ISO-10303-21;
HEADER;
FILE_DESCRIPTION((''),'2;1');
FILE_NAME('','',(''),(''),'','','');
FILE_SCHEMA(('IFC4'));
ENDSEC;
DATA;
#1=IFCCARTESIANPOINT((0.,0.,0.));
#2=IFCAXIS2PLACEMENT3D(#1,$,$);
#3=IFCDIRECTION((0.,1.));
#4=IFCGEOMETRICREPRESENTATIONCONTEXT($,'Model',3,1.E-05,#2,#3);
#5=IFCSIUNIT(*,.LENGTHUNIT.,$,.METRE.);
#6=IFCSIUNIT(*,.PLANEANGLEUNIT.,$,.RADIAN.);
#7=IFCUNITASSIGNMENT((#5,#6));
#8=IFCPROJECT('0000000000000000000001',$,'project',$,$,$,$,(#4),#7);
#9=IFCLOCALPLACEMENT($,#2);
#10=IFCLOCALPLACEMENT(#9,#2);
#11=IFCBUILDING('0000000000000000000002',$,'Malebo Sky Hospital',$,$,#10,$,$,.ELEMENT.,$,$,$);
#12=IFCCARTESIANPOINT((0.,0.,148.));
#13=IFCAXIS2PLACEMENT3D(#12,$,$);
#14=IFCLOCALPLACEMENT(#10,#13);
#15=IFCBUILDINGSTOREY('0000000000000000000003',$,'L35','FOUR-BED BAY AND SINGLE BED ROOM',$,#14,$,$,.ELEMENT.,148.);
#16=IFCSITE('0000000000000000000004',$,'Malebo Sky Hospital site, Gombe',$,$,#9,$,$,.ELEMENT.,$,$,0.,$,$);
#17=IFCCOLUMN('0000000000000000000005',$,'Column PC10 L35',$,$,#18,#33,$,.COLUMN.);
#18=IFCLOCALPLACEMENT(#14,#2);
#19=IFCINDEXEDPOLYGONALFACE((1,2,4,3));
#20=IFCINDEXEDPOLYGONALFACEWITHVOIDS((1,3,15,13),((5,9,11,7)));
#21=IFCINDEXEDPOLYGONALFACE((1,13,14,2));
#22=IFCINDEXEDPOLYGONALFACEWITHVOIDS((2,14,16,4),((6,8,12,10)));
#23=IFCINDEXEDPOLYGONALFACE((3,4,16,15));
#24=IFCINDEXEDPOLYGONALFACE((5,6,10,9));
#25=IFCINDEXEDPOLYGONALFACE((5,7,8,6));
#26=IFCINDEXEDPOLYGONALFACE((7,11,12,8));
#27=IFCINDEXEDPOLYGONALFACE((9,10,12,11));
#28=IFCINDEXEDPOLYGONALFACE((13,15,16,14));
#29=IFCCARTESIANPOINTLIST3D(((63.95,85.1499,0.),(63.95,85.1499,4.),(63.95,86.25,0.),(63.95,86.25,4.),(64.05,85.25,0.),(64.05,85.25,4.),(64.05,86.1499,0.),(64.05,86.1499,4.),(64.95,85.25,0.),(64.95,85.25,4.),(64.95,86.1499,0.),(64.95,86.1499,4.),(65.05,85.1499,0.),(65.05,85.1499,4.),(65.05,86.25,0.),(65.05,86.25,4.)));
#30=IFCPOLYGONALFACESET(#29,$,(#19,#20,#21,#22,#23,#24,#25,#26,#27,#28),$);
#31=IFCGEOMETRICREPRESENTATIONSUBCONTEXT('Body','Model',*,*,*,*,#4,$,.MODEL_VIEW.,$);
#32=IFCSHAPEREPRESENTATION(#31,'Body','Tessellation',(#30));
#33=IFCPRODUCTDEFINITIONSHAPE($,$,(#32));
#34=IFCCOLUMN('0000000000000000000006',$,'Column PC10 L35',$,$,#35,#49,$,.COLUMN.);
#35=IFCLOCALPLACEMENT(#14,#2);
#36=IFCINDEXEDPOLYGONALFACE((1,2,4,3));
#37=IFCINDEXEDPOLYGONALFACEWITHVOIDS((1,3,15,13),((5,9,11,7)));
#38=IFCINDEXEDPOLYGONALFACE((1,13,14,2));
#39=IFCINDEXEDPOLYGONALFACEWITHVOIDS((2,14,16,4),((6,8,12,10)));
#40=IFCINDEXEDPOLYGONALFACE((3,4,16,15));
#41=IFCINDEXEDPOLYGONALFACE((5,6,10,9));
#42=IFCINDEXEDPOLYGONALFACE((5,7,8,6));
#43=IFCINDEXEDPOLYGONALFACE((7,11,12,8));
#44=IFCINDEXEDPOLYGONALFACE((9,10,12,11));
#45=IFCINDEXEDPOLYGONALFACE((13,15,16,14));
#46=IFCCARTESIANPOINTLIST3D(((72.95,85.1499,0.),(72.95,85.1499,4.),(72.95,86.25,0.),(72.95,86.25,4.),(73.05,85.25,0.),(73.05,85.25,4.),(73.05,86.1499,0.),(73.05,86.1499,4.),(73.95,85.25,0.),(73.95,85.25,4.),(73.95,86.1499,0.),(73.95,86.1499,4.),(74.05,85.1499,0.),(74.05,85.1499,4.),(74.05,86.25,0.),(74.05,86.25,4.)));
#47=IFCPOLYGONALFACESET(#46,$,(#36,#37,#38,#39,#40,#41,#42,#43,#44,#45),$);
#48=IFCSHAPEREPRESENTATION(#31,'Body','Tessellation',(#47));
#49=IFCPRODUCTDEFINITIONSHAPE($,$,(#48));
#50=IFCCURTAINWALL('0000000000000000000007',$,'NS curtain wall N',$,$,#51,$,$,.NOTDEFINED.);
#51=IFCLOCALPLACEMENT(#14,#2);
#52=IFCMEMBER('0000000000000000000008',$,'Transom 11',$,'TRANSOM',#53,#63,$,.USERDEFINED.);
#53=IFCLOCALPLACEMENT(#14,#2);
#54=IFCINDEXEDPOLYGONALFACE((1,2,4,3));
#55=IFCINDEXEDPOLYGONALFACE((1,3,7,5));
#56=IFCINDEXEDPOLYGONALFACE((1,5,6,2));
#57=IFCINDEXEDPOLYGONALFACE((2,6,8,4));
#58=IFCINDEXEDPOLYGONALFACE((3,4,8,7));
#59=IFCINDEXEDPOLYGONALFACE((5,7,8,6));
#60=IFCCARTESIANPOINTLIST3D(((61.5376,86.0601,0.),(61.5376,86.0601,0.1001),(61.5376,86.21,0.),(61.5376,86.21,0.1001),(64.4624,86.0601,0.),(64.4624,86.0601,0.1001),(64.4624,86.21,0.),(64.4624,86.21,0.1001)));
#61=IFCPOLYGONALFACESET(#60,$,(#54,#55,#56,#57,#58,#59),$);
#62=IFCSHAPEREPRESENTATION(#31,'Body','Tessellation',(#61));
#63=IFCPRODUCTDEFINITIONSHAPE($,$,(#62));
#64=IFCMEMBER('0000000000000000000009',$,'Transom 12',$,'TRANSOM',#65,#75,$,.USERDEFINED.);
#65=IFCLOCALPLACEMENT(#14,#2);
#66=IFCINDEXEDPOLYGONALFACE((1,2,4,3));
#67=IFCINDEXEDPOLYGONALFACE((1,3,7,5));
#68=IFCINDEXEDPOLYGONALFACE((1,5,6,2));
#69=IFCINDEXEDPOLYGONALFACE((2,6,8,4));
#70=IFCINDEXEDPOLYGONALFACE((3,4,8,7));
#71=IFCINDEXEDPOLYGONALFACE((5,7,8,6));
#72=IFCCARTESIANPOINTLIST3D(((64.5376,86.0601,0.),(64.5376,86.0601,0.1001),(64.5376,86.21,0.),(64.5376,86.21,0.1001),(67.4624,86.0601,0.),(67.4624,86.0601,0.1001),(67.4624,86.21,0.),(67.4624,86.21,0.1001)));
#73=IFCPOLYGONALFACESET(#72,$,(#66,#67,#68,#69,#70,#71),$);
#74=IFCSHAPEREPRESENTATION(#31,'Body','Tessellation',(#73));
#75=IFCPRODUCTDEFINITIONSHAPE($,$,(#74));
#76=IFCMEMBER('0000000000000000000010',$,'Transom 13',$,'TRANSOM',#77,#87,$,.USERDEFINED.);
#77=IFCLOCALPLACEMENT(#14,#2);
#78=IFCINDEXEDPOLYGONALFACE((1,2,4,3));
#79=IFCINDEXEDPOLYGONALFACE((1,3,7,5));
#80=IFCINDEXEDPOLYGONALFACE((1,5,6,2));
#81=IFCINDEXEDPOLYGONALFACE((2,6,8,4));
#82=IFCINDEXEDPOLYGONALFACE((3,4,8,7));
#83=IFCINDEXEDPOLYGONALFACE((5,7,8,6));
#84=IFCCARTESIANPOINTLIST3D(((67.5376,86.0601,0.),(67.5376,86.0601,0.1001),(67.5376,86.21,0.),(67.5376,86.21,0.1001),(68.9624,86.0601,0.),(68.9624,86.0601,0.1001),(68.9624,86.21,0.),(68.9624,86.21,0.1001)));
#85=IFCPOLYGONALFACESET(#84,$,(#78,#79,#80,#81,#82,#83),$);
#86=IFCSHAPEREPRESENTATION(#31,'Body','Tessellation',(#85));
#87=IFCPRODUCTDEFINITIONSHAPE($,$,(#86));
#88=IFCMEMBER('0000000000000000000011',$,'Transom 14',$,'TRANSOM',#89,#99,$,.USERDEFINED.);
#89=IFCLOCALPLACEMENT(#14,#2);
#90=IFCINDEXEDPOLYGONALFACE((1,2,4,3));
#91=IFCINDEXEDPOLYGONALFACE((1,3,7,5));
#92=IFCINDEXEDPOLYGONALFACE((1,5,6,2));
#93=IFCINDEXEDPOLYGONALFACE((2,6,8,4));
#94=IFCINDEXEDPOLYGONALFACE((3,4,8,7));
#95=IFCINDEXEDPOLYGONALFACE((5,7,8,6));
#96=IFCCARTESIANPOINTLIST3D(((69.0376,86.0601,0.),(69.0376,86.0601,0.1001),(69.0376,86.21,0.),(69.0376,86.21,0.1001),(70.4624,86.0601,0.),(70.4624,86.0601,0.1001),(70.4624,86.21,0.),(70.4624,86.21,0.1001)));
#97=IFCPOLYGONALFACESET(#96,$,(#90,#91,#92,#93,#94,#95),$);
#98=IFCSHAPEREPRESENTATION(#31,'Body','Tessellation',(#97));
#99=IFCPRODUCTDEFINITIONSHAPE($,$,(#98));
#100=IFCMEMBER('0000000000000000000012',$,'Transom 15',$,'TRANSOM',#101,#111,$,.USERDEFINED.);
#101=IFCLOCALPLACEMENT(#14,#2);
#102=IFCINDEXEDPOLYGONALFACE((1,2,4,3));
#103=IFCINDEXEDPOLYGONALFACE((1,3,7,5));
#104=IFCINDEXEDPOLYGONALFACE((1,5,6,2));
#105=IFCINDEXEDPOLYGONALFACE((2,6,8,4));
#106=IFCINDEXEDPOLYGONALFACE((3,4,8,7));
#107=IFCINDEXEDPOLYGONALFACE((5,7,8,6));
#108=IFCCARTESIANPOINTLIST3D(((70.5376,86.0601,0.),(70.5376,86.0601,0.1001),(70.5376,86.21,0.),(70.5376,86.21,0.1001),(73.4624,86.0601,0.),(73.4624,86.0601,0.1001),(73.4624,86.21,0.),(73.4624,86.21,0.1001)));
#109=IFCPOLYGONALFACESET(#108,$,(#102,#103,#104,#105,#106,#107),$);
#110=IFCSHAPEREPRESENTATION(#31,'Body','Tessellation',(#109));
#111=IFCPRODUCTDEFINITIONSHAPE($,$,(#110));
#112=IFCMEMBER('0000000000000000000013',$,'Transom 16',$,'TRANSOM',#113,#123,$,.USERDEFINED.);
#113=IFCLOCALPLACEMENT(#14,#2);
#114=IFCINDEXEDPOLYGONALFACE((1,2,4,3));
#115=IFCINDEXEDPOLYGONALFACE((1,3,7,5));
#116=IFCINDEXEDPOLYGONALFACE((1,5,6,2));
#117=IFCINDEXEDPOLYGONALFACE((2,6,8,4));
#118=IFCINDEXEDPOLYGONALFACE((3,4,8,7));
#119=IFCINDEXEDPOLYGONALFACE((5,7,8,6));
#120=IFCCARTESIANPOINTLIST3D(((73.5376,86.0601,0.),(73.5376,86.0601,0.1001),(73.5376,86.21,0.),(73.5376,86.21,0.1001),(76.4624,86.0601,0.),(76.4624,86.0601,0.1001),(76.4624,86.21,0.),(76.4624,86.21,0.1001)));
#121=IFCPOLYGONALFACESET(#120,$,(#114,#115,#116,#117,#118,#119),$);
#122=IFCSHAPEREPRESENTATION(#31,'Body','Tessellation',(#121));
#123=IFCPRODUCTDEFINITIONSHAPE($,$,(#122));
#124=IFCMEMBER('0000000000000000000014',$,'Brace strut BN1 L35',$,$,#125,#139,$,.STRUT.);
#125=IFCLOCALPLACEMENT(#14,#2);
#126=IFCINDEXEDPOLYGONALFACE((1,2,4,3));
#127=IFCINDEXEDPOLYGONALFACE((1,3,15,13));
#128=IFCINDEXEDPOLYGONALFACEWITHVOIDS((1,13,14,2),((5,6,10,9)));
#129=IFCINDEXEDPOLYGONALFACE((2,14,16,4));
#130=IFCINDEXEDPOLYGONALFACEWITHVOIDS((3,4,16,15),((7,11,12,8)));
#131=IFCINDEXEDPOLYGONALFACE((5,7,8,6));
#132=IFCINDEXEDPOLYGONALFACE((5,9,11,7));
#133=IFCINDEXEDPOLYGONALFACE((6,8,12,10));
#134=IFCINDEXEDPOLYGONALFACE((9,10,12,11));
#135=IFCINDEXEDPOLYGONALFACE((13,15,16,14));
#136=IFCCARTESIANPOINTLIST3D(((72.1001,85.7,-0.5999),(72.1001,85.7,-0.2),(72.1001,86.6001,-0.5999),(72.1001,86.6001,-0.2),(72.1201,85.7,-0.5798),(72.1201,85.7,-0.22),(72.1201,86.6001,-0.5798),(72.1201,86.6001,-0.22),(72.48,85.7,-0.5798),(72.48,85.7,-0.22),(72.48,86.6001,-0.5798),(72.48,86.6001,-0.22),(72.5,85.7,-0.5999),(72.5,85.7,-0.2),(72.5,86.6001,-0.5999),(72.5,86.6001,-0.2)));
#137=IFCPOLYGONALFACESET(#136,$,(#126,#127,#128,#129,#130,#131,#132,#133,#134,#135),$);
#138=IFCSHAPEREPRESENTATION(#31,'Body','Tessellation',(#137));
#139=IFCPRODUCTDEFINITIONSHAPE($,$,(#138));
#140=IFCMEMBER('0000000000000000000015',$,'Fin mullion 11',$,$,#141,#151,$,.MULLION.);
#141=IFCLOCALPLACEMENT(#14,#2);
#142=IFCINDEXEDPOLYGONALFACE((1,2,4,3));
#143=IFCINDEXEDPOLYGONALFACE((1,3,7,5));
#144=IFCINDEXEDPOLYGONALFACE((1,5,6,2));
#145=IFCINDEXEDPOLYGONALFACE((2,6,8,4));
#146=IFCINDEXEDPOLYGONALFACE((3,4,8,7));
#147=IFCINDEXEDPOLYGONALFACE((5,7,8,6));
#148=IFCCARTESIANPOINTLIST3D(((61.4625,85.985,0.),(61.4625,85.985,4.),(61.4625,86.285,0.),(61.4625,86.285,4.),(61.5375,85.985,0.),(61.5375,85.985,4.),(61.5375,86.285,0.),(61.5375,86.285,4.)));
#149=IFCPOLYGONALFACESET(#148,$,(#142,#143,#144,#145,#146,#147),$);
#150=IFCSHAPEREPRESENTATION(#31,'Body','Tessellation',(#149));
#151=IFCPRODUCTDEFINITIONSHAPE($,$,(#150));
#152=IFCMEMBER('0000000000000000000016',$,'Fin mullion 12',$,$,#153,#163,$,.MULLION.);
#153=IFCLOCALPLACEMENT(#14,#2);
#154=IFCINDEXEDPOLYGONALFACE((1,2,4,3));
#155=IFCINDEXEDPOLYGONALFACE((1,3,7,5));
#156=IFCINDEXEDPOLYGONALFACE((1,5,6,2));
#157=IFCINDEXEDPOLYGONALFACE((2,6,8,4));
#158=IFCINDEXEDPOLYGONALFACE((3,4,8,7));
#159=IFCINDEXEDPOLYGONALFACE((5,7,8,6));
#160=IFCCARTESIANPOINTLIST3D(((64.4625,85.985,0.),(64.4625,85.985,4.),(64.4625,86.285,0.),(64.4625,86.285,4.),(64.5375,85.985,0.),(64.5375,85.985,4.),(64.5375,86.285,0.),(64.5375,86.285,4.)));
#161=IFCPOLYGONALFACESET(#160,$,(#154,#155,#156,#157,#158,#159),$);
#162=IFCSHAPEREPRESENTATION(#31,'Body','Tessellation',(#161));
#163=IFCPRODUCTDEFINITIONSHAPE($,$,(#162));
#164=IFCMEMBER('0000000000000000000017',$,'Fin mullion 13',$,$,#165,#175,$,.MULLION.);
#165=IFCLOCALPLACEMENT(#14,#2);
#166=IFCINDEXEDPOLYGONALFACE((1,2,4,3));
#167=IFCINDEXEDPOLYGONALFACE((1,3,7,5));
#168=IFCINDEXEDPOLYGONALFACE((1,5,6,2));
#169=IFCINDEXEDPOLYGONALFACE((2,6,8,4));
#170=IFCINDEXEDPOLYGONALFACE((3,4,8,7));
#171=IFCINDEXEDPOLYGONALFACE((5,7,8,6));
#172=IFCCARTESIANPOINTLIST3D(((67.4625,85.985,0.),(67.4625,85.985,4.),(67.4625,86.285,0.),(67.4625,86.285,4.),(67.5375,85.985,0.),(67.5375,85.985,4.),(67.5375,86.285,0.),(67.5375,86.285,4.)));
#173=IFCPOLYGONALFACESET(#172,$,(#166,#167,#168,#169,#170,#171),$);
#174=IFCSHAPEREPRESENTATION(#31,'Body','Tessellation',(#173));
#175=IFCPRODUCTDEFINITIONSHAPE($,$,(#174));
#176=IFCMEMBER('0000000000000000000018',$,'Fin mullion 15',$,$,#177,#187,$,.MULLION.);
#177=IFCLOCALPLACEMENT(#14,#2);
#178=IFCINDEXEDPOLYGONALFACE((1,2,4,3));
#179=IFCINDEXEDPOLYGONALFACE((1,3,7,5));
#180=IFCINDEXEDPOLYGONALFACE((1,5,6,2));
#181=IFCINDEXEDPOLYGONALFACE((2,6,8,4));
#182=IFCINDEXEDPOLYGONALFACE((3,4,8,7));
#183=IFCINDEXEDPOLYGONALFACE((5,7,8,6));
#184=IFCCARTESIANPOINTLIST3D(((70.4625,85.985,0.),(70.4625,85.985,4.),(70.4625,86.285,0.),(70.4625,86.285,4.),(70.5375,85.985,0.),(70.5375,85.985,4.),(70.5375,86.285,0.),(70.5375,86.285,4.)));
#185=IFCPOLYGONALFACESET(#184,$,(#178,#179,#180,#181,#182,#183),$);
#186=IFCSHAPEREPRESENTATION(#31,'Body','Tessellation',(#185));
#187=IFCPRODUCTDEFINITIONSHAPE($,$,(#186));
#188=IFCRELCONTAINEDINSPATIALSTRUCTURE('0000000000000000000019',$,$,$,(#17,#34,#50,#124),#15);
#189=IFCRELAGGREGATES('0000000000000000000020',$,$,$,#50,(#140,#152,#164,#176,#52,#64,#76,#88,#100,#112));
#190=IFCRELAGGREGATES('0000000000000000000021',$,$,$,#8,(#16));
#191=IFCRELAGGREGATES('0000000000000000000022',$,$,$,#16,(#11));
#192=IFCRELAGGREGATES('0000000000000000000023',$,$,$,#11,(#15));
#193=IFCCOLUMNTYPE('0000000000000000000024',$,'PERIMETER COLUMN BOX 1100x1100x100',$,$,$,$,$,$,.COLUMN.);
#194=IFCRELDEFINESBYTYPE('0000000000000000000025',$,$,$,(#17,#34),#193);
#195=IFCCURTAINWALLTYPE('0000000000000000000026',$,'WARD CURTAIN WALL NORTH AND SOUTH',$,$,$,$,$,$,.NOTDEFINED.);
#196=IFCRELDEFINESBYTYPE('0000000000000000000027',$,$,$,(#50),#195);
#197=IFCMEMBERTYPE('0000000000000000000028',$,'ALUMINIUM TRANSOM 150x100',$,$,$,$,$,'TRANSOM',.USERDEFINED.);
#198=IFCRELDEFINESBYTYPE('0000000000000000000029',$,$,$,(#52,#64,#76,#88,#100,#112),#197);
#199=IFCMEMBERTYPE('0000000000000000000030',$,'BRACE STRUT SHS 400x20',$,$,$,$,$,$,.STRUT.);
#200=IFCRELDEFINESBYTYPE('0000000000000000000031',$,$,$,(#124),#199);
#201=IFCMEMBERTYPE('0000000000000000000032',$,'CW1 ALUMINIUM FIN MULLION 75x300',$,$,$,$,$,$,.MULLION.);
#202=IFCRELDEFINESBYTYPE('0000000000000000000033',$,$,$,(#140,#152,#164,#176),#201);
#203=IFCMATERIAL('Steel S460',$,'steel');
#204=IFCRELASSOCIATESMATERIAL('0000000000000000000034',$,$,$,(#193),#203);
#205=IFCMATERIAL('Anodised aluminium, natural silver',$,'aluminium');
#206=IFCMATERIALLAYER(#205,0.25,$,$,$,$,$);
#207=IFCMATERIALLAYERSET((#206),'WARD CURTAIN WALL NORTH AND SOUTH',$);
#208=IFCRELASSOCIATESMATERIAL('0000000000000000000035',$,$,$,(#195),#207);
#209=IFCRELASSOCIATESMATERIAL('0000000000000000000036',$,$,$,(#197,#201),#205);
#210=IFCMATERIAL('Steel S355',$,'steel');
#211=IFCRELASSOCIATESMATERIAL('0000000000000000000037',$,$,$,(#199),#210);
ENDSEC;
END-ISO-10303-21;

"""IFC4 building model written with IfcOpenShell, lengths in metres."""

from ifc_helpers import new_model, si_unit, direction, frame, origin, origin_2d, place, context, subcontext, project, spatial, rectangle, hollow_rectangle, extrude, material, layer, layer_set, material_profile, profile_set, type_object, element, aggregate, save


model = new_model("IFC4")

# Units and contexts
model_context = context("Model", 3, precision=1e-05, world=origin(), true_north=direction((0.0, 1.0)))
body_context = subcontext(model_context, "Body", "Model", "MODEL_VIEW")
ifc_project = project(units=[si_unit("LENGTHUNIT", "METRE"), si_unit("PLANEANGLEUNIT", "RADIAN")], contexts=[model_context])

# Site, building, storey
site_placement = place(None, origin())
site = spatial("IfcSite", under=ifc_project, at=site_placement, Name="Malebo Sky Hospital site, Gombe", CompositionType="ELEMENT", RefElevation=0.0)
building_placement = place(site_placement, origin())
building = spatial("IfcBuilding", under=site, at=building_placement, Name="Malebo Sky Hospital", CompositionType="ELEMENT")
storey_placement = place(building_placement, frame((0.0, 0.0, 148.0)))
storey = spatial("IfcBuildingStorey", under=building, at=storey_placement, Name="L35", Description="FOUR-BED BAY AND SINGLE BED ROOM", CompositionType="ELEMENT", Elevation=148.0)

# Columns
ifc_material_1 = material(Name="Steel S460", Category="steel")
ifc_material_profile_1 = material_profile(ifc_material_1, hollow_rectangle(XDim=1.1001, YDim=1.1001, WallThickness=0.1001, at=origin_2d()), Name="BOX 1100x1100x100")
ifc_profile_set_1 = profile_set([ifc_material_profile_1], Name="Steel S460")
column_type = type_object("IfcColumnType", Name="PERIMETER COLUMN BOX 1100x1100x100", PredefinedType="COLUMN", material=ifc_profile_set_1)
for number, where, z_axis, x_axis, name in (
    (1, (64.5, 85.7, 0.0), (0.0, 0.0, 1.0), (1.0, 0.0, 0.0), "Column PC10 L35"),
    (2, (73.5, 85.7, 0.0), (0.0, 0.0, 1.0), (1.0, 0.0, 0.0), "Column PC10 L35"),
):
    element("IfcColumn", number, at=place(storey_placement, frame(where, z_axis=z_axis, x_axis=x_axis)), inside=storey, type_object=column_type, Name=name, PredefinedType="COLUMN", context=body_context, shape_type="SweptSolid", body=[
        extrude(hollow_rectangle(XDim=1.1001, YDim=1.1001, WallThickness=0.1001, at=origin_2d()), origin(), (0.0, 0.0, 1.0), 4.0),
    ])

# Curtain wall, members
ifc_material_2 = material(Name="Anodised aluminium, natural silver", Category="aluminium")
ifc_layer_1 = layer(ifc_material_2, 0.25)
ifc_layer_set_1 = layer_set([ifc_layer_1], Name="WARD CURTAIN WALL NORTH AND SOUTH")
curtain_wall_type = type_object("IfcCurtainWallType", Name="WARD CURTAIN WALL NORTH AND SOUTH", PredefinedType="NOTDEFINED", material=ifc_layer_set_1)
curtain_wall_placement = place(storey_placement, origin())
curtain_wall = element("IfcCurtainWall", 3, at=curtain_wall_placement, inside=storey, type_object=curtain_wall_type, Name="NS curtain wall N", PredefinedType="NOTDEFINED")
ifc_material_profile_2 = material_profile(ifc_material_2, rectangle(XDim=0.1499, YDim=0.1001, at=origin_2d()), Name="ALUMINIUM TRANSOM 150x100")
ifc_profile_set_2 = profile_set([ifc_material_profile_2], Name="Anodised aluminium, natural silver")
member_type_1 = type_object("IfcMemberType", Name="ALUMINIUM TRANSOM 150x100", ElementType="TRANSOM", PredefinedType="USERDEFINED", material=ifc_profile_set_2)
member_1_placement = place(storey_placement, frame((61.5376, 86.135, 0.05), z_axis=(1.0, 0.0, 0.0), x_axis=(0.0, 1.0, 0.0)))
member_1 = element("IfcMember", 4, at=member_1_placement, type_object=member_type_1, Name="Transom 11", ObjectType="TRANSOM", PredefinedType="USERDEFINED", context=body_context, shape_type="SweptSolid", body=[
    extrude(rectangle(XDim=0.1499, YDim=0.1001, at=origin_2d()), origin(), (0.0, 0.0, 1.0), 2.9248),
])
member_2_placement = place(storey_placement, frame((64.5376, 86.135, 0.05), z_axis=(1.0, 0.0, 0.0), x_axis=(0.0, 1.0, 0.0)))
member_2 = element("IfcMember", 5, at=member_2_placement, type_object=member_type_1, Name="Transom 12", ObjectType="TRANSOM", PredefinedType="USERDEFINED", context=body_context, shape_type="SweptSolid", body=[
    extrude(rectangle(XDim=0.1499, YDim=0.1001, at=origin_2d()), origin(), (0.0, 0.0, 1.0), 2.9248),
])
member_3_placement = place(storey_placement, frame((67.5376, 86.135, 0.05), z_axis=(1.0, 0.0, 0.0), x_axis=(0.0, 1.0, 0.0)))
member_3 = element("IfcMember", 6, at=member_3_placement, type_object=member_type_1, Name="Transom 13", ObjectType="TRANSOM", PredefinedType="USERDEFINED", context=body_context, shape_type="SweptSolid", body=[
    extrude(rectangle(XDim=0.1499, YDim=0.1001, at=origin_2d()), origin(), (0.0, 0.0, 1.0), 1.4248),
])
member_4_placement = place(storey_placement, frame((69.0376, 86.135, 0.05), z_axis=(1.0, 0.0, 0.0), x_axis=(0.0, 1.0, 0.0)))
member_4 = element("IfcMember", 7, at=member_4_placement, type_object=member_type_1, Name="Transom 14", ObjectType="TRANSOM", PredefinedType="USERDEFINED", context=body_context, shape_type="SweptSolid", body=[
    extrude(rectangle(XDim=0.1499, YDim=0.1001, at=origin_2d()), origin(), (0.0, 0.0, 1.0), 1.4248),
])
member_5_placement = place(storey_placement, frame((70.5376, 86.135, 0.05), z_axis=(1.0, 0.0, 0.0), x_axis=(0.0, 1.0, 0.0)))
member_5 = element("IfcMember", 8, at=member_5_placement, type_object=member_type_1, Name="Transom 15", ObjectType="TRANSOM", PredefinedType="USERDEFINED", context=body_context, shape_type="SweptSolid", body=[
    extrude(rectangle(XDim=0.1499, YDim=0.1001, at=origin_2d()), origin(), (0.0, 0.0, 1.0), 2.9248),
])
member_6_placement = place(storey_placement, frame((73.5376, 86.135, 0.05), z_axis=(1.0, 0.0, 0.0), x_axis=(0.0, 1.0, 0.0)))
member_6 = element("IfcMember", 9, at=member_6_placement, type_object=member_type_1, Name="Transom 16", ObjectType="TRANSOM", PredefinedType="USERDEFINED", context=body_context, shape_type="SweptSolid", body=[
    extrude(rectangle(XDim=0.1499, YDim=0.1001, at=origin_2d()), origin(), (0.0, 0.0, 1.0), 2.9248),
])

# Members
ifc_material_3 = material(Name="Steel S355", Category="steel")
ifc_material_profile_3 = material_profile(ifc_material_3, hollow_rectangle(XDim=0.3999, YDim=0.3999, WallThickness=0.02, at=origin_2d()), Name="SHS 400x20")
ifc_profile_set_3 = profile_set([ifc_material_profile_3], Name="Steel S355")
member_type_2 = type_object("IfcMemberType", Name="BRACE STRUT SHS 400x20", PredefinedType="STRUT", material=ifc_profile_set_3)
member_7_placement = place(storey_placement, frame((72.3, 86.6001, -0.3999), z_axis=(0.0, -1.0, 0.0), x_axis=(1.0, 0.0, 0.0)))
element("IfcMember", 10, at=member_7_placement, inside=storey, type_object=member_type_2, Name="Brace strut BN1 L35", PredefinedType="STRUT", context=body_context, shape_type="SweptSolid", body=[
    extrude(hollow_rectangle(XDim=0.3999, YDim=0.3999, WallThickness=0.02, at=origin_2d()), origin(), (0.0, 0.0, 1.0), 0.9001),
])
ifc_material_profile_4 = material_profile(ifc_material_2, rectangle(XDim=0.075, YDim=0.3, at=origin_2d()), Name="CW1 ALUMINIUM FIN MULLION 75x300")
ifc_profile_set_4 = profile_set([ifc_material_profile_4], Name="Anodised aluminium, natural silver")
member_type_3 = type_object("IfcMemberType", Name="CW1 ALUMINIUM FIN MULLION 75x300", PredefinedType="MULLION", material=ifc_profile_set_4)
member_8_placement = place(storey_placement, frame((61.5, 86.135, 0.0), z_axis=(0.0, 0.0, 1.0), x_axis=(1.0, 0.0, 0.0)))
member_8 = element("IfcMember", 11, at=member_8_placement, type_object=member_type_3, Name="Fin mullion 11", PredefinedType="MULLION", context=body_context, shape_type="SweptSolid", body=[
    extrude(rectangle(XDim=0.075, YDim=0.3, at=origin_2d()), origin(), (0.0, 0.0, 1.0), 4.0),
])
member_9_placement = place(storey_placement, frame((64.5, 86.135, 0.0), z_axis=(0.0, 0.0, 1.0), x_axis=(1.0, 0.0, 0.0)))
member_9 = element("IfcMember", 12, at=member_9_placement, type_object=member_type_3, Name="Fin mullion 12", PredefinedType="MULLION", context=body_context, shape_type="SweptSolid", body=[
    extrude(rectangle(XDim=0.075, YDim=0.3, at=origin_2d()), origin(), (0.0, 0.0, 1.0), 4.0),
])
member_10_placement = place(storey_placement, frame((67.5, 86.135, 0.0), z_axis=(0.0, 0.0, 1.0), x_axis=(1.0, 0.0, 0.0)))
member_10 = element("IfcMember", 13, at=member_10_placement, type_object=member_type_3, Name="Fin mullion 13", PredefinedType="MULLION", context=body_context, shape_type="SweptSolid", body=[
    extrude(rectangle(XDim=0.075, YDim=0.3, at=origin_2d()), origin(), (0.0, 0.0, 1.0), 4.0),
])
member_11_placement = place(storey_placement, frame((70.5, 86.135, 0.0), z_axis=(0.0, 0.0, 1.0), x_axis=(1.0, 0.0, 0.0)))
member_11 = element("IfcMember", 14, at=member_11_placement, type_object=member_type_3, Name="Fin mullion 15", PredefinedType="MULLION", context=body_context, shape_type="SweptSolid", body=[
    extrude(rectangle(XDim=0.075, YDim=0.3, at=origin_2d()), origin(), (0.0, 0.0, 1.0), 4.0),
])

aggregate(curtain_wall, [member_8, member_9, member_10, member_11, member_1, member_2, member_3, member_4, member_5, member_6])

save(model, "model.ifc")
